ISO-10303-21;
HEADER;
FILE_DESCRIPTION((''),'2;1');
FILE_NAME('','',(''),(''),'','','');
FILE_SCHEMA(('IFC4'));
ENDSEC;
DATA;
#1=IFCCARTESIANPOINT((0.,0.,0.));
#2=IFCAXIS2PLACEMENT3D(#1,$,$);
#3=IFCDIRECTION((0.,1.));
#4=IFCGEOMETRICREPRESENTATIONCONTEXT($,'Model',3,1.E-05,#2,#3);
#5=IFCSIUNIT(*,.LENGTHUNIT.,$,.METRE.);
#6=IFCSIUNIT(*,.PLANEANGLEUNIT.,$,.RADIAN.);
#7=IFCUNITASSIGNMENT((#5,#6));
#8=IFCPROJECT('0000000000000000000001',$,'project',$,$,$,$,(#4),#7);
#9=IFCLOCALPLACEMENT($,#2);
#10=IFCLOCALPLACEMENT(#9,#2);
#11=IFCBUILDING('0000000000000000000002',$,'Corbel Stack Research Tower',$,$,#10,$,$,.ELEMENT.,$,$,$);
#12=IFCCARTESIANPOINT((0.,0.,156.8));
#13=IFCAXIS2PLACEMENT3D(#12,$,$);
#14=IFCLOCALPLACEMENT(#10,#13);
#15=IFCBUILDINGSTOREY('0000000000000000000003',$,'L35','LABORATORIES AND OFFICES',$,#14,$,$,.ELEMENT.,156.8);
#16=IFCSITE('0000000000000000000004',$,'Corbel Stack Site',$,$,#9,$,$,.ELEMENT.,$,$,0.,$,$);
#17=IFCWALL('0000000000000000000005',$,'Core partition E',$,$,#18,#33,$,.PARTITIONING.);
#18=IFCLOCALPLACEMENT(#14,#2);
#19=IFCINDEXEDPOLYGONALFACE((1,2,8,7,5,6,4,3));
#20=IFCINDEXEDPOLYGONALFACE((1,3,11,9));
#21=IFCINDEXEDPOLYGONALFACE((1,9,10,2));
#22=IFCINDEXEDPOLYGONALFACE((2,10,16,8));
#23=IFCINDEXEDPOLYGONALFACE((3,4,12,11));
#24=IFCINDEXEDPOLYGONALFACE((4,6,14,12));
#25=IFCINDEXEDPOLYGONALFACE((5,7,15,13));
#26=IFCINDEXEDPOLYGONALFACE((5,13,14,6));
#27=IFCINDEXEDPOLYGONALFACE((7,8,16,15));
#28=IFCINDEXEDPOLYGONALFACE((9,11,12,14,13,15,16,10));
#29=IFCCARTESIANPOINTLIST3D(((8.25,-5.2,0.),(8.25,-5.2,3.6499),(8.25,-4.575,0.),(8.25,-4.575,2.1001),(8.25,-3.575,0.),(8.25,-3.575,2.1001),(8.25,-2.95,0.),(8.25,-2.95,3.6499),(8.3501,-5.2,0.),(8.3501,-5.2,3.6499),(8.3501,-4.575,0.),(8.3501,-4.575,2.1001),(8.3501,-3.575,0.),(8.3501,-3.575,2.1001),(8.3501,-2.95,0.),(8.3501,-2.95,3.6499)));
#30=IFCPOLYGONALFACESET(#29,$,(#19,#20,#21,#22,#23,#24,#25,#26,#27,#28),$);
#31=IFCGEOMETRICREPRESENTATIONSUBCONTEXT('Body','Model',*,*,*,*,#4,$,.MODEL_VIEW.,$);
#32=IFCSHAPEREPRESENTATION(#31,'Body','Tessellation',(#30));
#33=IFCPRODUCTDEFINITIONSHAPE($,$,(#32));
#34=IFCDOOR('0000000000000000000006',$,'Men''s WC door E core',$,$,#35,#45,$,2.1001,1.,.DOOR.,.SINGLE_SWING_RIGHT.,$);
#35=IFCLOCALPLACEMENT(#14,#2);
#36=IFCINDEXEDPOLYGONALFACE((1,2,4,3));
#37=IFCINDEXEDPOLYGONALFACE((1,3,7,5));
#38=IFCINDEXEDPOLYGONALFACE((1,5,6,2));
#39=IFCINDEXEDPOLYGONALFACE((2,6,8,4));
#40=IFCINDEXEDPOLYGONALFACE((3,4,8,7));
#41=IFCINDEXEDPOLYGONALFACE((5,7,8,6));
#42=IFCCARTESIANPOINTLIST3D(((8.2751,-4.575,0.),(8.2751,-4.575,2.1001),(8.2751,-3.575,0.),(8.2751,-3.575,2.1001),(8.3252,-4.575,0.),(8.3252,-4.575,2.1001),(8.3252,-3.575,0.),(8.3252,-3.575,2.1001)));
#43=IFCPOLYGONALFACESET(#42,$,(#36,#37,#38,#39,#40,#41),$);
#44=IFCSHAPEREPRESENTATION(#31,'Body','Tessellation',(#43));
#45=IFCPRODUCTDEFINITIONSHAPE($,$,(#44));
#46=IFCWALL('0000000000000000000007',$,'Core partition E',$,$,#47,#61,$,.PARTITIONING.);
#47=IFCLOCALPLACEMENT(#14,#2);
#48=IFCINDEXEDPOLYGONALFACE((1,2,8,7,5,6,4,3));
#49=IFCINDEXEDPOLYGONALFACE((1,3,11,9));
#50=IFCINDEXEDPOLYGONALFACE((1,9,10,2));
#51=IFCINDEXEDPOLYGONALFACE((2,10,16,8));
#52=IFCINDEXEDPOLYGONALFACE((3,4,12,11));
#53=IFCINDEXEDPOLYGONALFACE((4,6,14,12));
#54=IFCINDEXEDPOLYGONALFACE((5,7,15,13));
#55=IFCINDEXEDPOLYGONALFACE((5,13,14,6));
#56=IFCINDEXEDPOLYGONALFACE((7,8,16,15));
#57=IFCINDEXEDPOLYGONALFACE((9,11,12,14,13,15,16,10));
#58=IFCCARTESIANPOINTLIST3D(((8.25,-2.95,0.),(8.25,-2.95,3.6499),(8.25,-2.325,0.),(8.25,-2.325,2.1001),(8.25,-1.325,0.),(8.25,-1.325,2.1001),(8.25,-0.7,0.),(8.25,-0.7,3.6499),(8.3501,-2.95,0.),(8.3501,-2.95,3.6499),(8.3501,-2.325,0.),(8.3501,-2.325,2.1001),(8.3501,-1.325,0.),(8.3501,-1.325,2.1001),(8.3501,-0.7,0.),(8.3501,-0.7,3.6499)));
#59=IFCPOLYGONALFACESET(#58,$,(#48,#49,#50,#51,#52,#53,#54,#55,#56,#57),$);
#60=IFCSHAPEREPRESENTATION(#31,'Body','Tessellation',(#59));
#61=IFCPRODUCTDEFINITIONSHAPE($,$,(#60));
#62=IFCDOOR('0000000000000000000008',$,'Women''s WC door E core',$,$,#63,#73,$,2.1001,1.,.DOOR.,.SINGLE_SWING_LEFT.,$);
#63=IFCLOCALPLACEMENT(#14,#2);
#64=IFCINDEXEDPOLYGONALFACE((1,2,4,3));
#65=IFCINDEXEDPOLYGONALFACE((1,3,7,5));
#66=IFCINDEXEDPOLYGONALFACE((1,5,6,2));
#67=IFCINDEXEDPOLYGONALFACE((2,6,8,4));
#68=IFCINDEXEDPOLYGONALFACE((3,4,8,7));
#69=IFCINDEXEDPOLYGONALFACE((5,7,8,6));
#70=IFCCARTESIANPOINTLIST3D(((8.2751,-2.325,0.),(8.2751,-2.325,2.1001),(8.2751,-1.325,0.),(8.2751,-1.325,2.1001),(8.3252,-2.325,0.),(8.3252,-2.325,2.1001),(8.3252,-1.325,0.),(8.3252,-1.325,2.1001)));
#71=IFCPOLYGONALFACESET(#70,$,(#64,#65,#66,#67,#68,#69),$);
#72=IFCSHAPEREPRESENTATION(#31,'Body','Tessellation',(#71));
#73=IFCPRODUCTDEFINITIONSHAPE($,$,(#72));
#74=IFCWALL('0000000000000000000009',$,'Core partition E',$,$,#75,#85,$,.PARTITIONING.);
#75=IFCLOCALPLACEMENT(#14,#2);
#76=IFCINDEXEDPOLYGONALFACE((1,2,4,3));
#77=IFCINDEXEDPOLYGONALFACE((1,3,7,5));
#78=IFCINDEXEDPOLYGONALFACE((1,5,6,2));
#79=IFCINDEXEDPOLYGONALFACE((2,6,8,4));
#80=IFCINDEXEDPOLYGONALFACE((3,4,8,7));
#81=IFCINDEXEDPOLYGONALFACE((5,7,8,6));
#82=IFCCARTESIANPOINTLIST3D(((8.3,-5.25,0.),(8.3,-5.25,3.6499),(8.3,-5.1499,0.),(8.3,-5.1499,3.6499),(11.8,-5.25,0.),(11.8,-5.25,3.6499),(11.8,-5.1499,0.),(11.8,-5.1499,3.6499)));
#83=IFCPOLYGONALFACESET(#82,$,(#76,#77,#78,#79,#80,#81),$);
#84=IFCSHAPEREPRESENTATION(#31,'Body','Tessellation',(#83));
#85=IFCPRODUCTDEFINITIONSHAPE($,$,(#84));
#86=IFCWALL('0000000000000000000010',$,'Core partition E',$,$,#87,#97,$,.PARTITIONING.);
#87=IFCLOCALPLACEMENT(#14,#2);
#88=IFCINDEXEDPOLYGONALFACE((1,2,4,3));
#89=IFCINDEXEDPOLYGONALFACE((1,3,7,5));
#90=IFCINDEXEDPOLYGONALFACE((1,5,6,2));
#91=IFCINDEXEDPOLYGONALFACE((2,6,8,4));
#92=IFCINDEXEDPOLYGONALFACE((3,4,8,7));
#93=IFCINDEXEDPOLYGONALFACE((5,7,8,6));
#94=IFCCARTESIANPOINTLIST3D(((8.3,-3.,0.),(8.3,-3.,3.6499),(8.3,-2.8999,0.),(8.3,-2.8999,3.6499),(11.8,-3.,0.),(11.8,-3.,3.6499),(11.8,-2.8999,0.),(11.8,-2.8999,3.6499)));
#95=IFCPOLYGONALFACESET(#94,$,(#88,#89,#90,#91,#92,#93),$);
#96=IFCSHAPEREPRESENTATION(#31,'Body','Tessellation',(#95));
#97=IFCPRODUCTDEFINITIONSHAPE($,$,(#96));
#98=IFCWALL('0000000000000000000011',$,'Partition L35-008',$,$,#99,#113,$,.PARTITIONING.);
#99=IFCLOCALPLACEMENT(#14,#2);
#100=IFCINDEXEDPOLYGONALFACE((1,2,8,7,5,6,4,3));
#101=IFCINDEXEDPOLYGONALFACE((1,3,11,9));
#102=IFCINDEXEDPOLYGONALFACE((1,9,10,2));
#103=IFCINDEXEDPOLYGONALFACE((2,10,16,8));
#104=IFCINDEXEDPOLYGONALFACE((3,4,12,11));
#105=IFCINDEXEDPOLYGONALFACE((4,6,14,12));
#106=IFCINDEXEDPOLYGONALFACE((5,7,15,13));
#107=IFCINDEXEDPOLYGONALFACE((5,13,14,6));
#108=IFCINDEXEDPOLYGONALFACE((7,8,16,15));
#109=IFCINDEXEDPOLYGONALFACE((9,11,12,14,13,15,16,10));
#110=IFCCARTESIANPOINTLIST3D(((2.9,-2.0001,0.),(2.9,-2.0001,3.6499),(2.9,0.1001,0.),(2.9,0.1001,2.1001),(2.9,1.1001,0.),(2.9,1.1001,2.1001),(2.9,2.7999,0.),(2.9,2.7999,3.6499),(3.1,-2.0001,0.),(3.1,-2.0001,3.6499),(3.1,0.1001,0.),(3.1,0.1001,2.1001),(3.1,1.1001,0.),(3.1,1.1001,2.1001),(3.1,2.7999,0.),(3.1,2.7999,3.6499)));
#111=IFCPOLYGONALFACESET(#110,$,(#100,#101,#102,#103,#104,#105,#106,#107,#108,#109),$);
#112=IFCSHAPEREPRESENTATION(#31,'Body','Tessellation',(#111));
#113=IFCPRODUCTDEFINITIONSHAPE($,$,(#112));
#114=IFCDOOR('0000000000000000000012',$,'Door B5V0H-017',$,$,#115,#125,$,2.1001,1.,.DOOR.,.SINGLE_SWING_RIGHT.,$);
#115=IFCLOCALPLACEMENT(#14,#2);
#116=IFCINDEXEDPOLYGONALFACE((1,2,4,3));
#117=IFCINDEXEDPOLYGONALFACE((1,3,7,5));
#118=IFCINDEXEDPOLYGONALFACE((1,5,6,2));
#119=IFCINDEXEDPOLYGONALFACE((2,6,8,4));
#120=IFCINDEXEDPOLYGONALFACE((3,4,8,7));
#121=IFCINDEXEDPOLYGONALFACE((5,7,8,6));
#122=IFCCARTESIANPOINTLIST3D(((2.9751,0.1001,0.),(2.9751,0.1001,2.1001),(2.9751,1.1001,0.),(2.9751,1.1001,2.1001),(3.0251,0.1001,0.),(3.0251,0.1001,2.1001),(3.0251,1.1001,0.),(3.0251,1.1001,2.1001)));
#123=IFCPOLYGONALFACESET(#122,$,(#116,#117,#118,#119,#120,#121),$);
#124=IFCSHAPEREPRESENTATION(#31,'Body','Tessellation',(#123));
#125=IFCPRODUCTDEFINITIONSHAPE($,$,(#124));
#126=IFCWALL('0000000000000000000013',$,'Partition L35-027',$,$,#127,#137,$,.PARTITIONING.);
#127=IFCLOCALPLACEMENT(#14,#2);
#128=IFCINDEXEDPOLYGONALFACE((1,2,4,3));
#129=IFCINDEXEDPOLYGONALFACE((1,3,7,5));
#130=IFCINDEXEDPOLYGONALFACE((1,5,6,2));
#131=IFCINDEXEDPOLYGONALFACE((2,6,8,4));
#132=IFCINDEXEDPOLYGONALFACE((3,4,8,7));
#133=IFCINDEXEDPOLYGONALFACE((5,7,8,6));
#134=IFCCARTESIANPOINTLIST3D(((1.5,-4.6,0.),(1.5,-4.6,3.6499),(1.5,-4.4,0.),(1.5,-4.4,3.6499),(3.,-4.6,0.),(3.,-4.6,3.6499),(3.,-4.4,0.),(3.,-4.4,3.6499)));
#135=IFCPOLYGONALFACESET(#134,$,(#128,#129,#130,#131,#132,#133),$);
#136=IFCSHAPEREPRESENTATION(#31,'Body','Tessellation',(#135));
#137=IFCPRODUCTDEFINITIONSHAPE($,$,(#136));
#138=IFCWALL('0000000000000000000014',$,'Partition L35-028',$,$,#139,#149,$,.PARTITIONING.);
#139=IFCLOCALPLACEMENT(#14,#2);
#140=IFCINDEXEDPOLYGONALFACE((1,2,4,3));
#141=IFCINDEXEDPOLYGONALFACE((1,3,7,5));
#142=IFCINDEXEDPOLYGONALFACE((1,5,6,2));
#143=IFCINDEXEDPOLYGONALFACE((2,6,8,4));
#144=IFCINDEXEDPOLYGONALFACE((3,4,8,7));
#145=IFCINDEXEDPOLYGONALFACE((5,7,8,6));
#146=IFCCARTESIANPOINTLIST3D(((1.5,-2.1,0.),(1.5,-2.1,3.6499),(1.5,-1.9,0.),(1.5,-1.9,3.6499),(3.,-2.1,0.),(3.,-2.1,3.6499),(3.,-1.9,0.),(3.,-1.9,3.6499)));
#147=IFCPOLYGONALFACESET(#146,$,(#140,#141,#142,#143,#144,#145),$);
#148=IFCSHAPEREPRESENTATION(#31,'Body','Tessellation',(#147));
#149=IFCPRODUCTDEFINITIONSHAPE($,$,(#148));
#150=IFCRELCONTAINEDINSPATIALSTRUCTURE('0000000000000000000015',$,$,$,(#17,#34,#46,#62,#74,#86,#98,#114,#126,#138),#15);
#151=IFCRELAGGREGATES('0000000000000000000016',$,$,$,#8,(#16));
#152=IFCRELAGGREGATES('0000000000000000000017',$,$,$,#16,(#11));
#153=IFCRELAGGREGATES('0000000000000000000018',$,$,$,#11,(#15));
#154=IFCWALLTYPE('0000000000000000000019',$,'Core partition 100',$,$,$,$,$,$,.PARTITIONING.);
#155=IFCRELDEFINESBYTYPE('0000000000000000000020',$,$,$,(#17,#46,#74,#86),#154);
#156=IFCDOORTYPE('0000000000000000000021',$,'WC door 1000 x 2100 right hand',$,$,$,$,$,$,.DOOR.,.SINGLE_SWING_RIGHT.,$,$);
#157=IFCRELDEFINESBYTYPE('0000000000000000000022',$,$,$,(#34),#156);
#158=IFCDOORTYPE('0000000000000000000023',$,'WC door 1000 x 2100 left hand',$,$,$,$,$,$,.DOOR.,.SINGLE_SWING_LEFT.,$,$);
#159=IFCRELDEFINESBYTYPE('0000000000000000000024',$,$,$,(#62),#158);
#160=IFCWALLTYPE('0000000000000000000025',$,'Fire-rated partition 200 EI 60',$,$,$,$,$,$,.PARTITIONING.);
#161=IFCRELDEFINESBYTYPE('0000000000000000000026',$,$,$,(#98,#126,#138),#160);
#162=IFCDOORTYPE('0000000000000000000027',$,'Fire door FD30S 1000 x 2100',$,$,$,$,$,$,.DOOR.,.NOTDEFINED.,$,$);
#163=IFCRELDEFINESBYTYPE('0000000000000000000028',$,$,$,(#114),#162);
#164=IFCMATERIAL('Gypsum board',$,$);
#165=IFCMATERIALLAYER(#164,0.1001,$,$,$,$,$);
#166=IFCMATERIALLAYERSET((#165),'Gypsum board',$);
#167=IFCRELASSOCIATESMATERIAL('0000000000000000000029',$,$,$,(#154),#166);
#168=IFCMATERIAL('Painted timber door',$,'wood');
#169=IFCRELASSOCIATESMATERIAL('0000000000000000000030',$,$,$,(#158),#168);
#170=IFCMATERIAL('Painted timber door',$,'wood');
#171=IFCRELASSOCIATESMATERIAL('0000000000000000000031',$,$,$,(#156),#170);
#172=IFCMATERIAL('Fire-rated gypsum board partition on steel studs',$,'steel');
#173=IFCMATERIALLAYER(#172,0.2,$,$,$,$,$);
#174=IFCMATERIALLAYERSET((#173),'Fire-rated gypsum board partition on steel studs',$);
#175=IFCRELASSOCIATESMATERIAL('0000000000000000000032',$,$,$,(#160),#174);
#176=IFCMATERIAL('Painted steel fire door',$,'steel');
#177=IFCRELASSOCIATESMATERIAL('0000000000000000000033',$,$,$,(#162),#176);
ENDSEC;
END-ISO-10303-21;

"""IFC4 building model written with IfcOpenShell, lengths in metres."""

from ifc_helpers import new_model, si_unit, direction, frame, frame_2d, origin, place, context, subcontext, project, spatial, rectangle, extrude, material, layer, layer_set, type_object, element, fill, save


model = new_model("IFC4")

# Units and contexts
model_context = context("Model", 3, precision=1e-05, world=origin(), true_north=direction((0.0, 1.0)))
body_context = subcontext(model_context, "Body", "Model", "MODEL_VIEW")
ifc_project = project(units=[si_unit("LENGTHUNIT", "METRE"), si_unit("PLANEANGLEUNIT", "RADIAN")], contexts=[model_context])

# Site, building, storey
site_placement = place(None, origin())
site = spatial("IfcSite", under=ifc_project, at=site_placement, Name="Corbel Stack Site", CompositionType="ELEMENT", RefElevation=0.0)
building_placement = place(site_placement, origin())
building = spatial("IfcBuilding", under=site, at=building_placement, Name="Corbel Stack Research Tower", CompositionType="ELEMENT")
storey_placement = place(building_placement, frame((0.0, 0.0, 156.8)))
storey = spatial("IfcBuildingStorey", under=building, at=storey_placement, Name="L35", Description="LABORATORIES AND OFFICES", CompositionType="ELEMENT", Elevation=156.8)

# Walls, openings, doors
ifc_material_1 = material(Name="Gypsum board")
ifc_layer_1 = layer(ifc_material_1, 0.1001)
ifc_layer_set_1 = layer_set([ifc_layer_1], Name="Gypsum board")
wall_type_1 = type_object("IfcWallType", Name="Core partition 100", PredefinedType="PARTITIONING", material=ifc_layer_set_1)
ifc_material_2 = material(Name="Painted timber door", Category="wood")
door_type_1 = type_object("IfcDoorType", Name="WC door 1000 x 2100 left hand", OperationType="SINGLE_SWING_LEFT", PredefinedType="DOOR", material=ifc_material_2)
wall_1_placement = place(storey_placement, frame((8.3, -5.2, 0.0), z_axis=(0.0, 0.0, 1.0), x_axis=(0.0, 1.0, 0.0)))
wall_1 = element("IfcWall", 1, at=wall_1_placement, inside=storey, type_object=wall_type_1, Name="Core partition E", PredefinedType="PARTITIONING", context=body_context, shape_type="SweptSolid", body=[
    extrude(rectangle(XDim=2.25, YDim=0.1001, at=frame_2d((1.125, 0.0))), origin(), (0.0, 0.0, 1.0), 3.6499),
])
opening_1_placement = place(wall_1_placement, frame((0.625, 0.0, 0.0)))
opening_1 = element("IfcOpeningElement", 2, at=opening_1_placement, cuts=wall_1, PredefinedType="OPENING", context=body_context, shape_type="SweptSolid", body=[
    extrude(rectangle(XDim=1.0, YDim=2.1001, at=frame_2d((0.5, 1.05))), frame((0.0, 0.0601, 0.0), z_axis=(0.0, -1.0, 0.0), x_axis=(1.0, 0.0, 0.0)), (0.0, 0.0, 1.0), 0.1201),
])
ifc_material_3 = material(Name="Painted timber door", Category="wood")
door_type_2 = type_object("IfcDoorType", Name="WC door 1000 x 2100 right hand", OperationType="SINGLE_SWING_RIGHT", PredefinedType="DOOR", material=ifc_material_3)
door_1_placement = place(opening_1_placement, origin())
door_1 = element("IfcDoor", 3, at=door_1_placement, inside=storey, type_object=door_type_2, Name="Men's WC door E core", OperationType="SINGLE_SWING_RIGHT", OverallHeight=2.1001, OverallWidth=1.0, PredefinedType="DOOR", context=body_context, shape_type="SweptSolid", body=[
    extrude(rectangle(XDim=1.0, YDim=2.1001, at=frame_2d((0.5, 1.05))), frame((0.0, 0.0249, 0.0), z_axis=(0.0, -1.0, 0.0), x_axis=(1.0, 0.0, 0.0)), (0.0, 0.0, 1.0), 0.05),
])
fill(opening_1, door_1)
wall_2_placement = place(storey_placement, frame((8.3, -2.95, 0.0), z_axis=(0.0, 0.0, 1.0), x_axis=(0.0, 1.0, 0.0)))
wall_2 = element("IfcWall", 4, at=wall_2_placement, inside=storey, type_object=wall_type_1, Name="Core partition E", PredefinedType="PARTITIONING", context=body_context, shape_type="SweptSolid", body=[
    extrude(rectangle(XDim=2.25, YDim=0.1001, at=frame_2d((1.125, 0.0))), origin(), (0.0, 0.0, 1.0), 3.6499),
])
opening_2_placement = place(wall_2_placement, frame((0.625, 0.0, 0.0)))
opening_2 = element("IfcOpeningElement", 5, at=opening_2_placement, cuts=wall_2, PredefinedType="OPENING", context=body_context, shape_type="SweptSolid", body=[
    extrude(rectangle(XDim=1.0, YDim=2.1001, at=frame_2d((0.5, 1.05))), frame((0.0, 0.0601, 0.0), z_axis=(0.0, -1.0, 0.0), x_axis=(1.0, 0.0, 0.0)), (0.0, 0.0, 1.0), 0.1201),
])
door_2_placement = place(opening_2_placement, origin())
door_2 = element("IfcDoor", 6, at=door_2_placement, inside=storey, type_object=door_type_1, Name="Women's WC door E core", OperationType="SINGLE_SWING_LEFT", OverallHeight=2.1001, OverallWidth=1.0, PredefinedType="DOOR", context=body_context, shape_type="SweptSolid", body=[
    extrude(rectangle(XDim=1.0, YDim=2.1001, at=frame_2d((0.5, 1.05))), frame((0.0, 0.0249, 0.0), z_axis=(0.0, -1.0, 0.0), x_axis=(1.0, 0.0, 0.0)), (0.0, 0.0, 1.0), 0.05),
])
fill(opening_2, door_2)

# Walls
for number, where, z_axis, x_axis, name in (
    (7, (8.3, -5.2, 0.0), (0.0, 0.0, 1.0), (1.0, 0.0, 0.0), "Core partition E"),
    (8, (8.3, -2.95, 0.0), (0.0, 0.0, 1.0), (1.0, 0.0, 0.0), "Core partition E"),
):
    element("IfcWall", number, at=place(storey_placement, frame(where, z_axis=z_axis, x_axis=x_axis)), inside=storey, type_object=wall_type_1, Name=name, PredefinedType="PARTITIONING", context=body_context, shape_type="SweptSolid", body=[
        extrude(rectangle(XDim=3.5, YDim=0.1001, at=frame_2d((1.75, 0.0))), origin(), (0.0, 0.0, 1.0), 3.6499),
    ])

# Wall, opening, door
ifc_material_4 = material(Name="Fire-rated gypsum board partition on steel studs", Category="steel")
ifc_layer_2 = layer(ifc_material_4, 0.2)
ifc_layer_set_2 = layer_set([ifc_layer_2], Name="Fire-rated gypsum board partition on steel studs")
wall_type_2 = type_object("IfcWallType", Name="Fire-rated partition 200 EI 60", PredefinedType="PARTITIONING", material=ifc_layer_set_2)
wall_3_placement = place(storey_placement, frame((3.0, -2.0, 0.0), z_axis=(0.0, 0.0, 1.0), x_axis=(0.0, 1.0, 0.0)))
wall_3 = element("IfcWall", 9, at=wall_3_placement, inside=storey, type_object=wall_type_2, Name="Partition L35-008", PredefinedType="PARTITIONING", context=body_context, shape_type="SweptSolid", body=[
    extrude(rectangle(XDim=4.8, YDim=0.2, at=frame_2d((2.3999, 0.0))), origin(), (0.0, 0.0, 1.0), 3.6499),
])
opening_3_placement = place(wall_3_placement, frame((2.1001, 0.0, 0.0)))
opening_3 = element("IfcOpeningElement", 10, at=opening_3_placement, cuts=wall_3, PredefinedType="OPENING", context=body_context, shape_type="SweptSolid", body=[
    extrude(rectangle(XDim=1.0, YDim=2.1001, at=frame_2d((0.5, 1.05))), frame((0.0, 0.1099, 0.0), z_axis=(0.0, -1.0, 0.0), x_axis=(1.0, 0.0, 0.0)), (0.0, 0.0, 1.0), 0.22),
])
ifc_material_5 = material(Name="Painted steel fire door", Category="steel")
door_type_3 = type_object("IfcDoorType", Name="Fire door FD30S 1000 x 2100", OperationType="NOTDEFINED", PredefinedType="DOOR", material=ifc_material_5)
door_3_placement = place(opening_3_placement, origin())
door_3 = element("IfcDoor", 11, at=door_3_placement, inside=storey, type_object=door_type_3, Name="Door B5V0H-017", OperationType="SINGLE_SWING_RIGHT", OverallHeight=2.1001, OverallWidth=1.0, PredefinedType="DOOR", context=body_context, shape_type="SweptSolid", body=[
    extrude(rectangle(XDim=1.0, YDim=2.1001, at=frame_2d((0.5, 1.05))), frame((0.0, 0.0249, 0.0), z_axis=(0.0, -1.0, 0.0), x_axis=(1.0, 0.0, 0.0)), (0.0, 0.0, 1.0), 0.05),
])
fill(opening_3, door_3)

# Walls
for number, where, z_axis, x_axis, name in (
    (12, (1.5, -4.5, 0.0), (0.0, 0.0, 1.0), (1.0, 0.0, 0.0), "Partition L35-027"),
    (13, (1.5, -2.0, 0.0), (0.0, 0.0, 1.0), (1.0, 0.0, 0.0), "Partition L35-028"),
):
    element("IfcWall", number, at=place(storey_placement, frame(where, z_axis=z_axis, x_axis=x_axis)), inside=storey, type_object=wall_type_2, Name=name, PredefinedType="PARTITIONING", context=body_context, shape_type="SweptSolid", body=[
        extrude(rectangle(XDim=1.5, YDim=0.2, at=frame_2d((0.75, 0.0))), origin(), (0.0, 0.0, 1.0), 3.6499),
    ])

save(model, "model.ifc")
